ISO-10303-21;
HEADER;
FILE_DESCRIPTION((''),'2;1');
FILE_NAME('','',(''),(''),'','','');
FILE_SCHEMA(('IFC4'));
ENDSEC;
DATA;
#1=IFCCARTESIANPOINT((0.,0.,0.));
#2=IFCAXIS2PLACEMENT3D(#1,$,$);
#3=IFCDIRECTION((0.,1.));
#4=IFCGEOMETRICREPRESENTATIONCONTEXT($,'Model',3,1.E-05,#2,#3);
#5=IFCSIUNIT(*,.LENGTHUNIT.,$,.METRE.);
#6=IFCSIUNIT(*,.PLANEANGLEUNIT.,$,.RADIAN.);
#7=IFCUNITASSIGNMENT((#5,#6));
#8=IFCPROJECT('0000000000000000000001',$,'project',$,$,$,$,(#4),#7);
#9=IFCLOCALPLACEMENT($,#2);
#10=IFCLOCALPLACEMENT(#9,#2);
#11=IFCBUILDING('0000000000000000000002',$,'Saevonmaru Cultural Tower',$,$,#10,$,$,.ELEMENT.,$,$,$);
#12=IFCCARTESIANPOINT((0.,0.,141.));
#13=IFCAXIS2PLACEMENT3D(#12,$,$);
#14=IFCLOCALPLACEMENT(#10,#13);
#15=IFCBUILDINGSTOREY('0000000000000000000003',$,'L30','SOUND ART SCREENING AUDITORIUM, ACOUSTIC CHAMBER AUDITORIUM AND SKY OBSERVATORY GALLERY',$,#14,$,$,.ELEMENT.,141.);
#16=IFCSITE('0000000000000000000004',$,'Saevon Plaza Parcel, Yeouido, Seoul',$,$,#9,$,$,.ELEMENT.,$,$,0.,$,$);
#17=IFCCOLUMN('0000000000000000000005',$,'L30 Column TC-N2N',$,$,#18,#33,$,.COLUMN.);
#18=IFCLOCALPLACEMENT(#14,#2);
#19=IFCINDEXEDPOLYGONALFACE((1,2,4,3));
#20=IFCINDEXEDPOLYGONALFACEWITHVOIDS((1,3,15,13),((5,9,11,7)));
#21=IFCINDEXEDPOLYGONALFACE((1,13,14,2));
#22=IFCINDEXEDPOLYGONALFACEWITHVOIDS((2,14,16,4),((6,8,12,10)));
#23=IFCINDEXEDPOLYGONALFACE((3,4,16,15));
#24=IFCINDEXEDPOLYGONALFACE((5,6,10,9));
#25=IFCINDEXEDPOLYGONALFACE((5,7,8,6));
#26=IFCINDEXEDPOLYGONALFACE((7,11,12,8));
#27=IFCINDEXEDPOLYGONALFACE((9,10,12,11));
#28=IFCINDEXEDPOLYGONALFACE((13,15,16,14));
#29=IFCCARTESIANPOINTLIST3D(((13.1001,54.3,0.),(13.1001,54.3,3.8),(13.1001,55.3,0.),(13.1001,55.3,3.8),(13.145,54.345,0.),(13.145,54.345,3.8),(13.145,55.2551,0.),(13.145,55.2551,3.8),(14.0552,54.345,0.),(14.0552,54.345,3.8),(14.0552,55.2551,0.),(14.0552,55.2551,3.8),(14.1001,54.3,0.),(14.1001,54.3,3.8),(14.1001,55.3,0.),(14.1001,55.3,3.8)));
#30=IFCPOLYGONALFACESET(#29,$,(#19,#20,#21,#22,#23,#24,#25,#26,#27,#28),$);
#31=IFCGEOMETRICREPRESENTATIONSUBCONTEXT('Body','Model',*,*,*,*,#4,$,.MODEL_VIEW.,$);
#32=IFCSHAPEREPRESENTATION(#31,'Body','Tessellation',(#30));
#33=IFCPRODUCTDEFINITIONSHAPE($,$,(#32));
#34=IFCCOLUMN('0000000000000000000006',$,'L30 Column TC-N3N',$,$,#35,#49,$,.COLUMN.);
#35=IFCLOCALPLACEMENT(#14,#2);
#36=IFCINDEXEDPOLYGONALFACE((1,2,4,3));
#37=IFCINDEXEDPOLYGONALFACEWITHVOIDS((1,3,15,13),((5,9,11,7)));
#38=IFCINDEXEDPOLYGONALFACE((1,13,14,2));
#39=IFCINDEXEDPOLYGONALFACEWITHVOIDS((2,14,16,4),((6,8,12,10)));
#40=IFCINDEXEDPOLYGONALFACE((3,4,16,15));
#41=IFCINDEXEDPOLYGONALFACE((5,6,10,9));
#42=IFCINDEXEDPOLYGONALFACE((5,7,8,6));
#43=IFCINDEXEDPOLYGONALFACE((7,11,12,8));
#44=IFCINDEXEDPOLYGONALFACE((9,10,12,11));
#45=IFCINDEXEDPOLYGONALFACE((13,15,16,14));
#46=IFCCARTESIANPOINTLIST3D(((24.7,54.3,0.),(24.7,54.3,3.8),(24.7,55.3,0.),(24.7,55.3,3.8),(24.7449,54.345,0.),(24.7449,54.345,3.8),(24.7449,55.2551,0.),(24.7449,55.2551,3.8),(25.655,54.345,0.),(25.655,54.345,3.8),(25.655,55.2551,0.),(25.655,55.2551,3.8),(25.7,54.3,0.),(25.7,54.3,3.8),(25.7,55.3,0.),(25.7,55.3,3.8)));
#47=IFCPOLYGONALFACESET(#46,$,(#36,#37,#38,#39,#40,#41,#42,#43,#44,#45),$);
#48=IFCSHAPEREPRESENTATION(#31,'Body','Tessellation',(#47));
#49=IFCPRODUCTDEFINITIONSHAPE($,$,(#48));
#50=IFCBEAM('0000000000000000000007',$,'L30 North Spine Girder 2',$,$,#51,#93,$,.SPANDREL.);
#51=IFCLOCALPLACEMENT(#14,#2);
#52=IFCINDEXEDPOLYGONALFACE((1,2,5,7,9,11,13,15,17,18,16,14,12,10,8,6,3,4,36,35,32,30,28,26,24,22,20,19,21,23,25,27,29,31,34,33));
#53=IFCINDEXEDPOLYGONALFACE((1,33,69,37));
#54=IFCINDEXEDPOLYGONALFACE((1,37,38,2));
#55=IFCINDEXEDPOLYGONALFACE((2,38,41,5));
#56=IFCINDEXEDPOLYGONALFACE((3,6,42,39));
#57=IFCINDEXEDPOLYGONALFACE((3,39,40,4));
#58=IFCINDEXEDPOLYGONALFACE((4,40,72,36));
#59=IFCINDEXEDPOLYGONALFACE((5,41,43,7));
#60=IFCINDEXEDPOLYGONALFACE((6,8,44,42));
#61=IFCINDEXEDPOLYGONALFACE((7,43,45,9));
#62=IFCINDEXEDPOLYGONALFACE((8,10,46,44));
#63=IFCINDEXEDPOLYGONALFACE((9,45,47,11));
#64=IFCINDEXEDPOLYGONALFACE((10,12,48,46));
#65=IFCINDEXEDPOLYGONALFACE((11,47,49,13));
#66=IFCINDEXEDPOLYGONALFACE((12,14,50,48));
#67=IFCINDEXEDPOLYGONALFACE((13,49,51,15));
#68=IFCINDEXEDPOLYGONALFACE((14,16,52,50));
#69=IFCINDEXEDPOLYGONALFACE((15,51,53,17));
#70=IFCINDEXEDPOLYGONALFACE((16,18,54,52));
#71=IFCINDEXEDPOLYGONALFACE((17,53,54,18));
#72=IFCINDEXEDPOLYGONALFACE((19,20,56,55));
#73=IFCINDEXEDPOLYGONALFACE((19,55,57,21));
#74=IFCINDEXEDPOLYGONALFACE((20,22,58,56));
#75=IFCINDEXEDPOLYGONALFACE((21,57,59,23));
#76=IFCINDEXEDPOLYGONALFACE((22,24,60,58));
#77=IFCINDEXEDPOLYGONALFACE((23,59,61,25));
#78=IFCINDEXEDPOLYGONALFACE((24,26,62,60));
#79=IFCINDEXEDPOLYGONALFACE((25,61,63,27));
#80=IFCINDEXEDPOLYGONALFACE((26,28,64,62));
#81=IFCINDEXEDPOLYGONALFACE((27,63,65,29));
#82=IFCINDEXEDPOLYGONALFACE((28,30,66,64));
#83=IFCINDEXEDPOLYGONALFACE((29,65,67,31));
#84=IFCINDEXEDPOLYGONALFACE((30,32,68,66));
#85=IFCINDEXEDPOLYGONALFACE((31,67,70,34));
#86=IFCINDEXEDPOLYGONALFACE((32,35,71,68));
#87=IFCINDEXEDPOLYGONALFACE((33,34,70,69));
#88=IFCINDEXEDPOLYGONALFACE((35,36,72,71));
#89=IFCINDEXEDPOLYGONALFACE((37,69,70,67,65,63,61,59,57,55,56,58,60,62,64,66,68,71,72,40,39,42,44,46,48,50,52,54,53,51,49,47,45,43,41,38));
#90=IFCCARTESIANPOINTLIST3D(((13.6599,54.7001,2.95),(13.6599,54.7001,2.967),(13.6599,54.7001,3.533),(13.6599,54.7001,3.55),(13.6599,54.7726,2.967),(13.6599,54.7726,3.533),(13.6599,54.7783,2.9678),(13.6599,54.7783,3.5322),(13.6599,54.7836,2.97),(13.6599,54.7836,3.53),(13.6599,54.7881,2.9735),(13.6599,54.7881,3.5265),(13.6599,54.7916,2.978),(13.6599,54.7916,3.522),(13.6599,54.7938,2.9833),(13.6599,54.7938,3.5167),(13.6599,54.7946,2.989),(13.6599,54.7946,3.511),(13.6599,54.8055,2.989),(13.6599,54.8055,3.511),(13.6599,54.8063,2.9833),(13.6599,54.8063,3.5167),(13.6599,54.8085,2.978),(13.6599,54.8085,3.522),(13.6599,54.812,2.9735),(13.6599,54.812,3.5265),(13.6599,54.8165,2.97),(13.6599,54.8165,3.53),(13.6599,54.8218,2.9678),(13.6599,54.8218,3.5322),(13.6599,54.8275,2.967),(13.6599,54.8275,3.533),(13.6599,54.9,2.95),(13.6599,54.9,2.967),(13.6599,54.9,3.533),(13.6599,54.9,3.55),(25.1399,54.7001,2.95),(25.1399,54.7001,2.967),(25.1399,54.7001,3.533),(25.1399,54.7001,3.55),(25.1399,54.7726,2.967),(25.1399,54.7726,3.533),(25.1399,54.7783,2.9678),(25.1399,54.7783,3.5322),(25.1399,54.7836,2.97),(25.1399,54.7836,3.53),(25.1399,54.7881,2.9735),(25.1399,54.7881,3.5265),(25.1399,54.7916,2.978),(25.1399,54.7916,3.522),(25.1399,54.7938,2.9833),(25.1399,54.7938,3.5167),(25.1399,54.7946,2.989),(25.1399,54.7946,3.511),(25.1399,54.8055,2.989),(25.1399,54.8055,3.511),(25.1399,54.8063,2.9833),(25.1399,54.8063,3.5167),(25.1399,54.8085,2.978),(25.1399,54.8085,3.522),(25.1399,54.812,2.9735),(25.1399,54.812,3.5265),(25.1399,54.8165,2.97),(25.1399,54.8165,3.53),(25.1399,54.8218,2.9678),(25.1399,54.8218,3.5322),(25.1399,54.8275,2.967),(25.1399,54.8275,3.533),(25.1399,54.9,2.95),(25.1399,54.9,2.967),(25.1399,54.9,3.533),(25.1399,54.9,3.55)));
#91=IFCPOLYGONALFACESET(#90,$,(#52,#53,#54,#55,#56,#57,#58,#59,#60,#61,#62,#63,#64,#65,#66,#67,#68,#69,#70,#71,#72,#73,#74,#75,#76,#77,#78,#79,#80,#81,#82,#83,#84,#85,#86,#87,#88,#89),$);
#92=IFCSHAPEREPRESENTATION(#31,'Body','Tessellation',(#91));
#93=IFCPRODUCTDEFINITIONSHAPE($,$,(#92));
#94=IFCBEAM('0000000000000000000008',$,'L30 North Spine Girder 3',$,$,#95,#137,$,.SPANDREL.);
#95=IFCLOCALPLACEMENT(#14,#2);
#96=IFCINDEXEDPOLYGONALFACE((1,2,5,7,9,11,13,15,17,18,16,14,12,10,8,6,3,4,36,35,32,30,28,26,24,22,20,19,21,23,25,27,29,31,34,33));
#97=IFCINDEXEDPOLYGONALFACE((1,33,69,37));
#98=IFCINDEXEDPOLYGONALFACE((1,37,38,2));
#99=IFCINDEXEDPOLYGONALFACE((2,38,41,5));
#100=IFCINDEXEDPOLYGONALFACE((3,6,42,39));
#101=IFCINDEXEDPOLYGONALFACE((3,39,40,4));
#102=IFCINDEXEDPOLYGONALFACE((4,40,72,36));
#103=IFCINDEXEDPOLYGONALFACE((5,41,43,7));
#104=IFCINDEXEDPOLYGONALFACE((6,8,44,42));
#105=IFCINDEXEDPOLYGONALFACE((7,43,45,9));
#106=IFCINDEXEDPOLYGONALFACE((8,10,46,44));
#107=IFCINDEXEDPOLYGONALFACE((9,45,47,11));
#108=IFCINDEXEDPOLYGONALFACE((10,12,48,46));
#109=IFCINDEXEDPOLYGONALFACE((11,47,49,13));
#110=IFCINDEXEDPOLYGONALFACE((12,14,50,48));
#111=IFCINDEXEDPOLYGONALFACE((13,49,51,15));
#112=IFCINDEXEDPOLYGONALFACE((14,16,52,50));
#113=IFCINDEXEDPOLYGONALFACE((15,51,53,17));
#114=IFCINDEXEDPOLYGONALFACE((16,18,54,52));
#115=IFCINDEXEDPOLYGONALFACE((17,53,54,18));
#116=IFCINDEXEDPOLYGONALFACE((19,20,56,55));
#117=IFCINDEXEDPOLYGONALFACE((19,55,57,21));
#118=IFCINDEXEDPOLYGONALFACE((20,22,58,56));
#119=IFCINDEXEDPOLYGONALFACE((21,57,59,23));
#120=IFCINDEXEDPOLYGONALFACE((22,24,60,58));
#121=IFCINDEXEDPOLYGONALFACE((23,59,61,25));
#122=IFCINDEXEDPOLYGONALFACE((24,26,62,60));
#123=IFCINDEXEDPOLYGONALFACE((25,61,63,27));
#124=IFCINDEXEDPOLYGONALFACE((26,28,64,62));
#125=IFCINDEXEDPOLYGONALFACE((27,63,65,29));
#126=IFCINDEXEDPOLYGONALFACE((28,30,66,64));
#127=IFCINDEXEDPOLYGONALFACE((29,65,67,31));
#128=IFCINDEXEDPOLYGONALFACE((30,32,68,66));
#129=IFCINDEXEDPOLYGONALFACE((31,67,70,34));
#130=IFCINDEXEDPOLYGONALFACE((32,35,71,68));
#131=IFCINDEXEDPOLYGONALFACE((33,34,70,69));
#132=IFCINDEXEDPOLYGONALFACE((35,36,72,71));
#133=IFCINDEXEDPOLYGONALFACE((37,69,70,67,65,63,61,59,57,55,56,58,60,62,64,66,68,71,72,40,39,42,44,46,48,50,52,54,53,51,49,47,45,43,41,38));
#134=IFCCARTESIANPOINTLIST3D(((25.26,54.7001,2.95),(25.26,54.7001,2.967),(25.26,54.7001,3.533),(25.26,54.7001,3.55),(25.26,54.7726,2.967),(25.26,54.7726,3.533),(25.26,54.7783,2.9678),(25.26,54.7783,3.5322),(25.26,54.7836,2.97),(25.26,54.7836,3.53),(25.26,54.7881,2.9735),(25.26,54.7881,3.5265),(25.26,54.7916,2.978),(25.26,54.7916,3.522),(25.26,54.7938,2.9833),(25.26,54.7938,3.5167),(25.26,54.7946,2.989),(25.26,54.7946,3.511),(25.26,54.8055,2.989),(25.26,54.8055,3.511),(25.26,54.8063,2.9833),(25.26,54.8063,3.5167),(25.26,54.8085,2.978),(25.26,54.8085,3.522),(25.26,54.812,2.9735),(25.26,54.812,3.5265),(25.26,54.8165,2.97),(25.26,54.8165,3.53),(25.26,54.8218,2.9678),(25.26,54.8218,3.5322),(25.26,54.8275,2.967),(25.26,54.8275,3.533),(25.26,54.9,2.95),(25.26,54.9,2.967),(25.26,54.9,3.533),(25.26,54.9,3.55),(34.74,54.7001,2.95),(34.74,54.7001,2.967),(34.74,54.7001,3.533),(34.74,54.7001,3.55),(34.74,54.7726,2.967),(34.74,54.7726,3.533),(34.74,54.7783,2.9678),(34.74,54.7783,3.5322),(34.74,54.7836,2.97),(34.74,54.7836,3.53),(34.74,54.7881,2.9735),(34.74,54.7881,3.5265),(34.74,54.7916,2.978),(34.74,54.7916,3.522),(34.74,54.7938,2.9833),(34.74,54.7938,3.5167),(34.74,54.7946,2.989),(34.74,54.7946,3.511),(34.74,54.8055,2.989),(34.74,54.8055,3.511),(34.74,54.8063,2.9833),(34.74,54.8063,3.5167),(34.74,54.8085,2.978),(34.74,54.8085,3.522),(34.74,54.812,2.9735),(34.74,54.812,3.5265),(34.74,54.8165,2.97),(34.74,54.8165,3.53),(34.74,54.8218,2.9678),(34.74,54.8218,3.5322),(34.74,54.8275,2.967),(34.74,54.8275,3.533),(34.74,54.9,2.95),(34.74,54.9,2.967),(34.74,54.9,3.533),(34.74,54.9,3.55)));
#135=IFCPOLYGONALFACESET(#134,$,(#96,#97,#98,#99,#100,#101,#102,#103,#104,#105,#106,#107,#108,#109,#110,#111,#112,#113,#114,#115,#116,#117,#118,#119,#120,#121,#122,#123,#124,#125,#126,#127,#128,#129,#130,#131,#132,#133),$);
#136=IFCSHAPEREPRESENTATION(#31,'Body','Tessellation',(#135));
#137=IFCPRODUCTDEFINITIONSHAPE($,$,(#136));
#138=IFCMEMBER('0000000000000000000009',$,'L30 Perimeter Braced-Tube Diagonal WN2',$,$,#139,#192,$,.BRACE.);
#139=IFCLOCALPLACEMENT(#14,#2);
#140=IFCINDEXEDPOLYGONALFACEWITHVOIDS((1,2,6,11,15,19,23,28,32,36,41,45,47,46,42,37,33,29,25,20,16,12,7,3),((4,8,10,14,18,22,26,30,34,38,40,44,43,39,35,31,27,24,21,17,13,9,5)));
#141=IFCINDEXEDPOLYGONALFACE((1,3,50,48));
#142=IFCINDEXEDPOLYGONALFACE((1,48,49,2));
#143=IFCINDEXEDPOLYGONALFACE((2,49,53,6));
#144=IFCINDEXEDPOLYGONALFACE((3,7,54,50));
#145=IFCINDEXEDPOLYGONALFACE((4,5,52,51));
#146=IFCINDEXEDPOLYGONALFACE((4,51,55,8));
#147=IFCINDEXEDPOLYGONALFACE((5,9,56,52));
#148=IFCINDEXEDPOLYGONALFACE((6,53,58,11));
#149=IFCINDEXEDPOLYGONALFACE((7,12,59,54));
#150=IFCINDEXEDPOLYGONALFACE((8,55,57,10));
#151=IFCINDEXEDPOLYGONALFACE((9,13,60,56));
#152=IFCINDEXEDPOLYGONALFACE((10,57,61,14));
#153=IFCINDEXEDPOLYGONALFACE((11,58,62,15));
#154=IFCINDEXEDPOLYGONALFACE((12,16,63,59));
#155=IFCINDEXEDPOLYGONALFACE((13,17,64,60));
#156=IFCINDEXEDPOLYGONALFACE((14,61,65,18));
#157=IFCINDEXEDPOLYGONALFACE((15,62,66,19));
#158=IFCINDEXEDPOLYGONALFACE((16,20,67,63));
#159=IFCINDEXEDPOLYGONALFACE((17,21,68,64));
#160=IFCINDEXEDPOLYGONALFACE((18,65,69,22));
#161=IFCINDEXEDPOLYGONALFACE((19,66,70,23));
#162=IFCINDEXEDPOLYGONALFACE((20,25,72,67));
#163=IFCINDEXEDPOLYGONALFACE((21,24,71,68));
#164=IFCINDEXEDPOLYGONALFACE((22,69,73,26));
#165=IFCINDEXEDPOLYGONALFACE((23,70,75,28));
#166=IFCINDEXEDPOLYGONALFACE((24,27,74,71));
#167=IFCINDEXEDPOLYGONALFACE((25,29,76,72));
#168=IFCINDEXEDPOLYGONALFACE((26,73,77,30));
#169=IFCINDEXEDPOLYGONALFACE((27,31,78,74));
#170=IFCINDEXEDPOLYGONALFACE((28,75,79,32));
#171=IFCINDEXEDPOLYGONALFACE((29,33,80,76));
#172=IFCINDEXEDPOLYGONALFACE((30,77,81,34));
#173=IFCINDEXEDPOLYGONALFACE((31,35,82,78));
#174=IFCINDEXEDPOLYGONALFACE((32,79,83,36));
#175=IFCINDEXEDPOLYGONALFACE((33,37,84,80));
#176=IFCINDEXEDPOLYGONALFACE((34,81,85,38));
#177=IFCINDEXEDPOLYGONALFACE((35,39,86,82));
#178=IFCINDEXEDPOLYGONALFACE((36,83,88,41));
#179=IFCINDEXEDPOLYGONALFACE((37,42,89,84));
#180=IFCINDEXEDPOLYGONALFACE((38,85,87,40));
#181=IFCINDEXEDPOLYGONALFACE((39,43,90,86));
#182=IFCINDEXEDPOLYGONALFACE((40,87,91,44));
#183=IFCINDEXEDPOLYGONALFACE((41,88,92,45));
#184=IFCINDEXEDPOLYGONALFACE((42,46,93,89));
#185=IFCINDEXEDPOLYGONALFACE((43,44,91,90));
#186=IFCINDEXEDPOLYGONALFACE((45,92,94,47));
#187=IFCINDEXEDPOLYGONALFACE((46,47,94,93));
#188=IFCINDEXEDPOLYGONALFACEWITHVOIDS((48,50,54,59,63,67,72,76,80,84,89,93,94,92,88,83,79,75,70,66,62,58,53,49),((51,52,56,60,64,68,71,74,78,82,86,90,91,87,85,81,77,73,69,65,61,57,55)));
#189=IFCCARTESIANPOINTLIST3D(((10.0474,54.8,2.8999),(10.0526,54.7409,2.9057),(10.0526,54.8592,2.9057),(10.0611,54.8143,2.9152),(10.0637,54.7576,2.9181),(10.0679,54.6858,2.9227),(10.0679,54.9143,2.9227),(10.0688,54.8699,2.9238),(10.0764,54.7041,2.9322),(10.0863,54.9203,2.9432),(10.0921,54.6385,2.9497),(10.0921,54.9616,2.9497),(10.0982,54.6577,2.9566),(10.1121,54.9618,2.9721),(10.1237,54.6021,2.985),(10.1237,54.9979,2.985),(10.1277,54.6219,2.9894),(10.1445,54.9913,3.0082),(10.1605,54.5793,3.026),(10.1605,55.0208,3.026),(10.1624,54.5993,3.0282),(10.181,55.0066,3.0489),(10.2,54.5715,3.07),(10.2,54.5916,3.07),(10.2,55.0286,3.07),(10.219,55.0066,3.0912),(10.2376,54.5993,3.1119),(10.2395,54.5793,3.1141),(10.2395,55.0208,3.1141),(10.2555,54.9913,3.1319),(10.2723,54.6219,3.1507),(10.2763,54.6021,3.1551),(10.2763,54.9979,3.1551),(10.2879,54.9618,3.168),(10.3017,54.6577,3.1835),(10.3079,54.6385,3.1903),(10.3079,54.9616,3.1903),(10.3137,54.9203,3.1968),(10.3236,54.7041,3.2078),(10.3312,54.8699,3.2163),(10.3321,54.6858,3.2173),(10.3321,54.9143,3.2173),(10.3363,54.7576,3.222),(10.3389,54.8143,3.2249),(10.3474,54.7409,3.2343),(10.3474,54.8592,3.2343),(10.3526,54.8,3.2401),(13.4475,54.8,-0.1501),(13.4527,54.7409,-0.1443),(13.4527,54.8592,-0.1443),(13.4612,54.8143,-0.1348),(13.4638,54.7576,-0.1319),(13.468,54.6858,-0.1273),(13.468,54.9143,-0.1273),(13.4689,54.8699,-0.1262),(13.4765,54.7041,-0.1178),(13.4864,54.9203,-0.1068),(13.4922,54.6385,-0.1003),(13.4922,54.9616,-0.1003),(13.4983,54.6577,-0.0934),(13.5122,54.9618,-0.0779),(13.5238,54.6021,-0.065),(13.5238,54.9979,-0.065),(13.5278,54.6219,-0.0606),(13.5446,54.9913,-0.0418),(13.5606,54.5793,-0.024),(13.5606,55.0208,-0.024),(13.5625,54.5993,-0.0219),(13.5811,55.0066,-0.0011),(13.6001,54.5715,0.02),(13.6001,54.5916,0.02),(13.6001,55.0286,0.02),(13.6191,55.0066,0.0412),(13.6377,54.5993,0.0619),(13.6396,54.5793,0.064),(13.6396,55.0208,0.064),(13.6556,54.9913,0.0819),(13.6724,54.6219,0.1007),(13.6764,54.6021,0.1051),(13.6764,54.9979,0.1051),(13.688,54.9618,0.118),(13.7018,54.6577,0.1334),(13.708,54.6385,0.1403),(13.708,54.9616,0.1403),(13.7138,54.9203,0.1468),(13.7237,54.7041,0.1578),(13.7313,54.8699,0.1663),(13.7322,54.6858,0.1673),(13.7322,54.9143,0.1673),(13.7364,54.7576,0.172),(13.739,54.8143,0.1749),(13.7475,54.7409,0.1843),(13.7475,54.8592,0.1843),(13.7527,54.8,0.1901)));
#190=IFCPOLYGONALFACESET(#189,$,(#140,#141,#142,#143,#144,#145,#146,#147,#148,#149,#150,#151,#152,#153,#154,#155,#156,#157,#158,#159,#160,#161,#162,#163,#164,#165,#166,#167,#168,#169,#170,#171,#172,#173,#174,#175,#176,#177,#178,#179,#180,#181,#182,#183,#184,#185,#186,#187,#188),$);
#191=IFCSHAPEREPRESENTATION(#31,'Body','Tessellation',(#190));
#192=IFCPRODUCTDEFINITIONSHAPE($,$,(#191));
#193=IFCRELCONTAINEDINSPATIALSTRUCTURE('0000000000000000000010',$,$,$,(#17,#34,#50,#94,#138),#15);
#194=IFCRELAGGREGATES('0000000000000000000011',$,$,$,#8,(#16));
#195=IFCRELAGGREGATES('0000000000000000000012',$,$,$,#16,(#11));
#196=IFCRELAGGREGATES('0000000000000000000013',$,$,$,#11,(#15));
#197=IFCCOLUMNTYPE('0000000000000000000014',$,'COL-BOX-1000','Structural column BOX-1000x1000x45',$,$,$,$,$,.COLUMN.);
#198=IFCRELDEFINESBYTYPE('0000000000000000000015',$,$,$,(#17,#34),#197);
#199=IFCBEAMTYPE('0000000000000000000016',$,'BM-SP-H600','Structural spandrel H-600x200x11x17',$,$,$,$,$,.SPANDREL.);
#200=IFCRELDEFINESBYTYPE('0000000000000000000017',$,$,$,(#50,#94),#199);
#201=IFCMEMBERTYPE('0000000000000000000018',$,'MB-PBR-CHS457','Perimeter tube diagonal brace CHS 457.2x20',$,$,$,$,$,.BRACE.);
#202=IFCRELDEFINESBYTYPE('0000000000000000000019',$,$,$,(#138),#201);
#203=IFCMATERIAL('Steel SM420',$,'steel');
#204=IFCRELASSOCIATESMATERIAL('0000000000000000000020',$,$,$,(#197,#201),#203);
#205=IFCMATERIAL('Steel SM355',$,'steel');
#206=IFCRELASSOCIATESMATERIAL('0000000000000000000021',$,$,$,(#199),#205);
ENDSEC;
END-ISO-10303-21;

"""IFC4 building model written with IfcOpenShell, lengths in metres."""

from ifc_helpers import new_model, si_unit, direction, frame, origin, origin_2d, place, context, subcontext, project, spatial, hollow_rectangle, hollow_circle, i_section, extrude, material, material_profile, profile_set, type_object, element, save


model = new_model("IFC4")

# Units and contexts
model_context = context("Model", 3, precision=1e-05, world=origin(), true_north=direction((0.0, 1.0)))
body_context = subcontext(model_context, "Body", "Model", "MODEL_VIEW")
ifc_project = project(units=[si_unit("LENGTHUNIT", "METRE"), si_unit("PLANEANGLEUNIT", "RADIAN")], contexts=[model_context])

# Site, building, storey
site_placement = place(None, origin())
site = spatial("IfcSite", under=ifc_project, at=site_placement, Name="Saevon Plaza Parcel, Yeouido, Seoul", CompositionType="ELEMENT", RefElevation=0.0)
building_placement = place(site_placement, origin())
building = spatial("IfcBuilding", under=site, at=building_placement, Name="Saevonmaru Cultural Tower", CompositionType="ELEMENT")
storey_placement = place(building_placement, frame((0.0, 0.0, 141.0)))
storey = spatial("IfcBuildingStorey", under=building, at=storey_placement, Name="L30", Description="SOUND ART SCREENING AUDITORIUM, ACOUSTIC CHAMBER AUDITORIUM AND SKY OBSERVATORY GALLERY", CompositionType="ELEMENT", Elevation=141.0)

# Columns
ifc_material_1 = material(Name="Steel SM420", Category="steel")
ifc_material_profile_1 = material_profile(ifc_material_1, hollow_rectangle(XDim=1.0, YDim=1.0, WallThickness=0.0449, at=origin_2d()), Name="BOX-1000x1000x45")
ifc_profile_set_1 = profile_set([ifc_material_profile_1], Name="Steel SM420")
column_type = type_object("IfcColumnType", Name="COL-BOX-1000", Description="Structural column BOX-1000x1000x45", PredefinedType="COLUMN", material=ifc_profile_set_1)
for number, where, z_axis, x_axis, name in (
    (1, (13.6001, 54.8, 0.0), (0.0, 0.0, 1.0), (1.0, 0.0, 0.0), "L30 Column TC-N2N"),
    (2, (25.2, 54.8, 0.0), (0.0, 0.0, 1.0), (1.0, 0.0, 0.0), "L30 Column TC-N3N"),
):
    element("IfcColumn", number, at=place(storey_placement, frame(where, z_axis=z_axis, x_axis=x_axis)), inside=storey, type_object=column_type, Name=name, PredefinedType="COLUMN", context=body_context, shape_type="SweptSolid", body=[
        extrude(hollow_rectangle(XDim=1.0, YDim=1.0, WallThickness=0.0449, at=origin_2d()), origin(), (0.0, 0.0, 1.0), 3.8),
    ])

# Beams
ifc_material_2 = material(Name="Steel SM355", Category="steel")
ifc_material_profile_2 = material_profile(ifc_material_2, i_section(OverallWidth=0.2, OverallDepth=0.6001, WebThickness=0.011, FlangeThickness=0.0171, FilletRadius=0.022, at=origin_2d()), Name="H-600x200x11x17")
ifc_profile_set_2 = profile_set([ifc_material_profile_2], Name="Steel SM355")
beam_type = type_object("IfcBeamType", Name="BM-SP-H600", Description="Structural spandrel H-600x200x11x17", PredefinedType="SPANDREL", material=ifc_profile_set_2)
beam_1_placement = place(storey_placement, frame((13.6599, 54.8, 3.25), z_axis=(1.0, 0.0, 0.0), x_axis=(0.0, 1.0, 0.0)))
element("IfcBeam", 3, at=beam_1_placement, inside=storey, type_object=beam_type, Name="L30 North Spine Girder 2", PredefinedType="SPANDREL", context=body_context, shape_type="SweptSolid", body=[
    extrude(i_section(OverallWidth=0.2, OverallDepth=0.6001, WebThickness=0.011, FlangeThickness=0.0171, FilletRadius=0.022, at=origin_2d()), origin(), (0.0, 0.0, 1.0), 11.48),
])
beam_2_placement = place(storey_placement, frame((25.26, 54.8, 3.25), z_axis=(1.0, 0.0, 0.0), x_axis=(0.0, 1.0, 0.0)))
element("IfcBeam", 4, at=beam_2_placement, inside=storey, type_object=beam_type, Name="L30 North Spine Girder 3", PredefinedType="SPANDREL", context=body_context, shape_type="SweptSolid", body=[
    extrude(i_section(OverallWidth=0.2, OverallDepth=0.6001, WebThickness=0.011, FlangeThickness=0.0171, FilletRadius=0.022, at=origin_2d()), origin(), (0.0, 0.0, 1.0), 9.48),
])

# Member
ifc_material_profile_3 = material_profile(ifc_material_1, hollow_circle(Radius=0.2285, WallThickness=0.02, at=origin_2d()), Name="CHS-457.2x20")
ifc_profile_set_3 = profile_set([ifc_material_profile_3], Name="Steel SM420")
member_type_1 = type_object("IfcMemberType", Name="MB-PBR-CHS457", Description="Perimeter tube diagonal brace CHS 457.2x20", PredefinedType="BRACE", material=ifc_profile_set_3)
member_1_placement = place(storey_placement, frame((13.6001, 54.8, 0.02), z_axis=(-0.744391, 0.0, 0.667744), x_axis=(0.0, -1.0, 0.0)))
element("IfcMember", 5, at=member_1_placement, inside=storey, type_object=member_type_1, Name="L30 Perimeter Braced-Tube Diagonal WN2", PredefinedType="BRACE", context=body_context, shape_type="SweptSolid", body=[
    extrude(hollow_circle(Radius=0.2285, WallThickness=0.02, at=origin_2d()), origin(), (0.0, 0.0, 1.0), 4.5676),
])

save(model, "model.ifc")
